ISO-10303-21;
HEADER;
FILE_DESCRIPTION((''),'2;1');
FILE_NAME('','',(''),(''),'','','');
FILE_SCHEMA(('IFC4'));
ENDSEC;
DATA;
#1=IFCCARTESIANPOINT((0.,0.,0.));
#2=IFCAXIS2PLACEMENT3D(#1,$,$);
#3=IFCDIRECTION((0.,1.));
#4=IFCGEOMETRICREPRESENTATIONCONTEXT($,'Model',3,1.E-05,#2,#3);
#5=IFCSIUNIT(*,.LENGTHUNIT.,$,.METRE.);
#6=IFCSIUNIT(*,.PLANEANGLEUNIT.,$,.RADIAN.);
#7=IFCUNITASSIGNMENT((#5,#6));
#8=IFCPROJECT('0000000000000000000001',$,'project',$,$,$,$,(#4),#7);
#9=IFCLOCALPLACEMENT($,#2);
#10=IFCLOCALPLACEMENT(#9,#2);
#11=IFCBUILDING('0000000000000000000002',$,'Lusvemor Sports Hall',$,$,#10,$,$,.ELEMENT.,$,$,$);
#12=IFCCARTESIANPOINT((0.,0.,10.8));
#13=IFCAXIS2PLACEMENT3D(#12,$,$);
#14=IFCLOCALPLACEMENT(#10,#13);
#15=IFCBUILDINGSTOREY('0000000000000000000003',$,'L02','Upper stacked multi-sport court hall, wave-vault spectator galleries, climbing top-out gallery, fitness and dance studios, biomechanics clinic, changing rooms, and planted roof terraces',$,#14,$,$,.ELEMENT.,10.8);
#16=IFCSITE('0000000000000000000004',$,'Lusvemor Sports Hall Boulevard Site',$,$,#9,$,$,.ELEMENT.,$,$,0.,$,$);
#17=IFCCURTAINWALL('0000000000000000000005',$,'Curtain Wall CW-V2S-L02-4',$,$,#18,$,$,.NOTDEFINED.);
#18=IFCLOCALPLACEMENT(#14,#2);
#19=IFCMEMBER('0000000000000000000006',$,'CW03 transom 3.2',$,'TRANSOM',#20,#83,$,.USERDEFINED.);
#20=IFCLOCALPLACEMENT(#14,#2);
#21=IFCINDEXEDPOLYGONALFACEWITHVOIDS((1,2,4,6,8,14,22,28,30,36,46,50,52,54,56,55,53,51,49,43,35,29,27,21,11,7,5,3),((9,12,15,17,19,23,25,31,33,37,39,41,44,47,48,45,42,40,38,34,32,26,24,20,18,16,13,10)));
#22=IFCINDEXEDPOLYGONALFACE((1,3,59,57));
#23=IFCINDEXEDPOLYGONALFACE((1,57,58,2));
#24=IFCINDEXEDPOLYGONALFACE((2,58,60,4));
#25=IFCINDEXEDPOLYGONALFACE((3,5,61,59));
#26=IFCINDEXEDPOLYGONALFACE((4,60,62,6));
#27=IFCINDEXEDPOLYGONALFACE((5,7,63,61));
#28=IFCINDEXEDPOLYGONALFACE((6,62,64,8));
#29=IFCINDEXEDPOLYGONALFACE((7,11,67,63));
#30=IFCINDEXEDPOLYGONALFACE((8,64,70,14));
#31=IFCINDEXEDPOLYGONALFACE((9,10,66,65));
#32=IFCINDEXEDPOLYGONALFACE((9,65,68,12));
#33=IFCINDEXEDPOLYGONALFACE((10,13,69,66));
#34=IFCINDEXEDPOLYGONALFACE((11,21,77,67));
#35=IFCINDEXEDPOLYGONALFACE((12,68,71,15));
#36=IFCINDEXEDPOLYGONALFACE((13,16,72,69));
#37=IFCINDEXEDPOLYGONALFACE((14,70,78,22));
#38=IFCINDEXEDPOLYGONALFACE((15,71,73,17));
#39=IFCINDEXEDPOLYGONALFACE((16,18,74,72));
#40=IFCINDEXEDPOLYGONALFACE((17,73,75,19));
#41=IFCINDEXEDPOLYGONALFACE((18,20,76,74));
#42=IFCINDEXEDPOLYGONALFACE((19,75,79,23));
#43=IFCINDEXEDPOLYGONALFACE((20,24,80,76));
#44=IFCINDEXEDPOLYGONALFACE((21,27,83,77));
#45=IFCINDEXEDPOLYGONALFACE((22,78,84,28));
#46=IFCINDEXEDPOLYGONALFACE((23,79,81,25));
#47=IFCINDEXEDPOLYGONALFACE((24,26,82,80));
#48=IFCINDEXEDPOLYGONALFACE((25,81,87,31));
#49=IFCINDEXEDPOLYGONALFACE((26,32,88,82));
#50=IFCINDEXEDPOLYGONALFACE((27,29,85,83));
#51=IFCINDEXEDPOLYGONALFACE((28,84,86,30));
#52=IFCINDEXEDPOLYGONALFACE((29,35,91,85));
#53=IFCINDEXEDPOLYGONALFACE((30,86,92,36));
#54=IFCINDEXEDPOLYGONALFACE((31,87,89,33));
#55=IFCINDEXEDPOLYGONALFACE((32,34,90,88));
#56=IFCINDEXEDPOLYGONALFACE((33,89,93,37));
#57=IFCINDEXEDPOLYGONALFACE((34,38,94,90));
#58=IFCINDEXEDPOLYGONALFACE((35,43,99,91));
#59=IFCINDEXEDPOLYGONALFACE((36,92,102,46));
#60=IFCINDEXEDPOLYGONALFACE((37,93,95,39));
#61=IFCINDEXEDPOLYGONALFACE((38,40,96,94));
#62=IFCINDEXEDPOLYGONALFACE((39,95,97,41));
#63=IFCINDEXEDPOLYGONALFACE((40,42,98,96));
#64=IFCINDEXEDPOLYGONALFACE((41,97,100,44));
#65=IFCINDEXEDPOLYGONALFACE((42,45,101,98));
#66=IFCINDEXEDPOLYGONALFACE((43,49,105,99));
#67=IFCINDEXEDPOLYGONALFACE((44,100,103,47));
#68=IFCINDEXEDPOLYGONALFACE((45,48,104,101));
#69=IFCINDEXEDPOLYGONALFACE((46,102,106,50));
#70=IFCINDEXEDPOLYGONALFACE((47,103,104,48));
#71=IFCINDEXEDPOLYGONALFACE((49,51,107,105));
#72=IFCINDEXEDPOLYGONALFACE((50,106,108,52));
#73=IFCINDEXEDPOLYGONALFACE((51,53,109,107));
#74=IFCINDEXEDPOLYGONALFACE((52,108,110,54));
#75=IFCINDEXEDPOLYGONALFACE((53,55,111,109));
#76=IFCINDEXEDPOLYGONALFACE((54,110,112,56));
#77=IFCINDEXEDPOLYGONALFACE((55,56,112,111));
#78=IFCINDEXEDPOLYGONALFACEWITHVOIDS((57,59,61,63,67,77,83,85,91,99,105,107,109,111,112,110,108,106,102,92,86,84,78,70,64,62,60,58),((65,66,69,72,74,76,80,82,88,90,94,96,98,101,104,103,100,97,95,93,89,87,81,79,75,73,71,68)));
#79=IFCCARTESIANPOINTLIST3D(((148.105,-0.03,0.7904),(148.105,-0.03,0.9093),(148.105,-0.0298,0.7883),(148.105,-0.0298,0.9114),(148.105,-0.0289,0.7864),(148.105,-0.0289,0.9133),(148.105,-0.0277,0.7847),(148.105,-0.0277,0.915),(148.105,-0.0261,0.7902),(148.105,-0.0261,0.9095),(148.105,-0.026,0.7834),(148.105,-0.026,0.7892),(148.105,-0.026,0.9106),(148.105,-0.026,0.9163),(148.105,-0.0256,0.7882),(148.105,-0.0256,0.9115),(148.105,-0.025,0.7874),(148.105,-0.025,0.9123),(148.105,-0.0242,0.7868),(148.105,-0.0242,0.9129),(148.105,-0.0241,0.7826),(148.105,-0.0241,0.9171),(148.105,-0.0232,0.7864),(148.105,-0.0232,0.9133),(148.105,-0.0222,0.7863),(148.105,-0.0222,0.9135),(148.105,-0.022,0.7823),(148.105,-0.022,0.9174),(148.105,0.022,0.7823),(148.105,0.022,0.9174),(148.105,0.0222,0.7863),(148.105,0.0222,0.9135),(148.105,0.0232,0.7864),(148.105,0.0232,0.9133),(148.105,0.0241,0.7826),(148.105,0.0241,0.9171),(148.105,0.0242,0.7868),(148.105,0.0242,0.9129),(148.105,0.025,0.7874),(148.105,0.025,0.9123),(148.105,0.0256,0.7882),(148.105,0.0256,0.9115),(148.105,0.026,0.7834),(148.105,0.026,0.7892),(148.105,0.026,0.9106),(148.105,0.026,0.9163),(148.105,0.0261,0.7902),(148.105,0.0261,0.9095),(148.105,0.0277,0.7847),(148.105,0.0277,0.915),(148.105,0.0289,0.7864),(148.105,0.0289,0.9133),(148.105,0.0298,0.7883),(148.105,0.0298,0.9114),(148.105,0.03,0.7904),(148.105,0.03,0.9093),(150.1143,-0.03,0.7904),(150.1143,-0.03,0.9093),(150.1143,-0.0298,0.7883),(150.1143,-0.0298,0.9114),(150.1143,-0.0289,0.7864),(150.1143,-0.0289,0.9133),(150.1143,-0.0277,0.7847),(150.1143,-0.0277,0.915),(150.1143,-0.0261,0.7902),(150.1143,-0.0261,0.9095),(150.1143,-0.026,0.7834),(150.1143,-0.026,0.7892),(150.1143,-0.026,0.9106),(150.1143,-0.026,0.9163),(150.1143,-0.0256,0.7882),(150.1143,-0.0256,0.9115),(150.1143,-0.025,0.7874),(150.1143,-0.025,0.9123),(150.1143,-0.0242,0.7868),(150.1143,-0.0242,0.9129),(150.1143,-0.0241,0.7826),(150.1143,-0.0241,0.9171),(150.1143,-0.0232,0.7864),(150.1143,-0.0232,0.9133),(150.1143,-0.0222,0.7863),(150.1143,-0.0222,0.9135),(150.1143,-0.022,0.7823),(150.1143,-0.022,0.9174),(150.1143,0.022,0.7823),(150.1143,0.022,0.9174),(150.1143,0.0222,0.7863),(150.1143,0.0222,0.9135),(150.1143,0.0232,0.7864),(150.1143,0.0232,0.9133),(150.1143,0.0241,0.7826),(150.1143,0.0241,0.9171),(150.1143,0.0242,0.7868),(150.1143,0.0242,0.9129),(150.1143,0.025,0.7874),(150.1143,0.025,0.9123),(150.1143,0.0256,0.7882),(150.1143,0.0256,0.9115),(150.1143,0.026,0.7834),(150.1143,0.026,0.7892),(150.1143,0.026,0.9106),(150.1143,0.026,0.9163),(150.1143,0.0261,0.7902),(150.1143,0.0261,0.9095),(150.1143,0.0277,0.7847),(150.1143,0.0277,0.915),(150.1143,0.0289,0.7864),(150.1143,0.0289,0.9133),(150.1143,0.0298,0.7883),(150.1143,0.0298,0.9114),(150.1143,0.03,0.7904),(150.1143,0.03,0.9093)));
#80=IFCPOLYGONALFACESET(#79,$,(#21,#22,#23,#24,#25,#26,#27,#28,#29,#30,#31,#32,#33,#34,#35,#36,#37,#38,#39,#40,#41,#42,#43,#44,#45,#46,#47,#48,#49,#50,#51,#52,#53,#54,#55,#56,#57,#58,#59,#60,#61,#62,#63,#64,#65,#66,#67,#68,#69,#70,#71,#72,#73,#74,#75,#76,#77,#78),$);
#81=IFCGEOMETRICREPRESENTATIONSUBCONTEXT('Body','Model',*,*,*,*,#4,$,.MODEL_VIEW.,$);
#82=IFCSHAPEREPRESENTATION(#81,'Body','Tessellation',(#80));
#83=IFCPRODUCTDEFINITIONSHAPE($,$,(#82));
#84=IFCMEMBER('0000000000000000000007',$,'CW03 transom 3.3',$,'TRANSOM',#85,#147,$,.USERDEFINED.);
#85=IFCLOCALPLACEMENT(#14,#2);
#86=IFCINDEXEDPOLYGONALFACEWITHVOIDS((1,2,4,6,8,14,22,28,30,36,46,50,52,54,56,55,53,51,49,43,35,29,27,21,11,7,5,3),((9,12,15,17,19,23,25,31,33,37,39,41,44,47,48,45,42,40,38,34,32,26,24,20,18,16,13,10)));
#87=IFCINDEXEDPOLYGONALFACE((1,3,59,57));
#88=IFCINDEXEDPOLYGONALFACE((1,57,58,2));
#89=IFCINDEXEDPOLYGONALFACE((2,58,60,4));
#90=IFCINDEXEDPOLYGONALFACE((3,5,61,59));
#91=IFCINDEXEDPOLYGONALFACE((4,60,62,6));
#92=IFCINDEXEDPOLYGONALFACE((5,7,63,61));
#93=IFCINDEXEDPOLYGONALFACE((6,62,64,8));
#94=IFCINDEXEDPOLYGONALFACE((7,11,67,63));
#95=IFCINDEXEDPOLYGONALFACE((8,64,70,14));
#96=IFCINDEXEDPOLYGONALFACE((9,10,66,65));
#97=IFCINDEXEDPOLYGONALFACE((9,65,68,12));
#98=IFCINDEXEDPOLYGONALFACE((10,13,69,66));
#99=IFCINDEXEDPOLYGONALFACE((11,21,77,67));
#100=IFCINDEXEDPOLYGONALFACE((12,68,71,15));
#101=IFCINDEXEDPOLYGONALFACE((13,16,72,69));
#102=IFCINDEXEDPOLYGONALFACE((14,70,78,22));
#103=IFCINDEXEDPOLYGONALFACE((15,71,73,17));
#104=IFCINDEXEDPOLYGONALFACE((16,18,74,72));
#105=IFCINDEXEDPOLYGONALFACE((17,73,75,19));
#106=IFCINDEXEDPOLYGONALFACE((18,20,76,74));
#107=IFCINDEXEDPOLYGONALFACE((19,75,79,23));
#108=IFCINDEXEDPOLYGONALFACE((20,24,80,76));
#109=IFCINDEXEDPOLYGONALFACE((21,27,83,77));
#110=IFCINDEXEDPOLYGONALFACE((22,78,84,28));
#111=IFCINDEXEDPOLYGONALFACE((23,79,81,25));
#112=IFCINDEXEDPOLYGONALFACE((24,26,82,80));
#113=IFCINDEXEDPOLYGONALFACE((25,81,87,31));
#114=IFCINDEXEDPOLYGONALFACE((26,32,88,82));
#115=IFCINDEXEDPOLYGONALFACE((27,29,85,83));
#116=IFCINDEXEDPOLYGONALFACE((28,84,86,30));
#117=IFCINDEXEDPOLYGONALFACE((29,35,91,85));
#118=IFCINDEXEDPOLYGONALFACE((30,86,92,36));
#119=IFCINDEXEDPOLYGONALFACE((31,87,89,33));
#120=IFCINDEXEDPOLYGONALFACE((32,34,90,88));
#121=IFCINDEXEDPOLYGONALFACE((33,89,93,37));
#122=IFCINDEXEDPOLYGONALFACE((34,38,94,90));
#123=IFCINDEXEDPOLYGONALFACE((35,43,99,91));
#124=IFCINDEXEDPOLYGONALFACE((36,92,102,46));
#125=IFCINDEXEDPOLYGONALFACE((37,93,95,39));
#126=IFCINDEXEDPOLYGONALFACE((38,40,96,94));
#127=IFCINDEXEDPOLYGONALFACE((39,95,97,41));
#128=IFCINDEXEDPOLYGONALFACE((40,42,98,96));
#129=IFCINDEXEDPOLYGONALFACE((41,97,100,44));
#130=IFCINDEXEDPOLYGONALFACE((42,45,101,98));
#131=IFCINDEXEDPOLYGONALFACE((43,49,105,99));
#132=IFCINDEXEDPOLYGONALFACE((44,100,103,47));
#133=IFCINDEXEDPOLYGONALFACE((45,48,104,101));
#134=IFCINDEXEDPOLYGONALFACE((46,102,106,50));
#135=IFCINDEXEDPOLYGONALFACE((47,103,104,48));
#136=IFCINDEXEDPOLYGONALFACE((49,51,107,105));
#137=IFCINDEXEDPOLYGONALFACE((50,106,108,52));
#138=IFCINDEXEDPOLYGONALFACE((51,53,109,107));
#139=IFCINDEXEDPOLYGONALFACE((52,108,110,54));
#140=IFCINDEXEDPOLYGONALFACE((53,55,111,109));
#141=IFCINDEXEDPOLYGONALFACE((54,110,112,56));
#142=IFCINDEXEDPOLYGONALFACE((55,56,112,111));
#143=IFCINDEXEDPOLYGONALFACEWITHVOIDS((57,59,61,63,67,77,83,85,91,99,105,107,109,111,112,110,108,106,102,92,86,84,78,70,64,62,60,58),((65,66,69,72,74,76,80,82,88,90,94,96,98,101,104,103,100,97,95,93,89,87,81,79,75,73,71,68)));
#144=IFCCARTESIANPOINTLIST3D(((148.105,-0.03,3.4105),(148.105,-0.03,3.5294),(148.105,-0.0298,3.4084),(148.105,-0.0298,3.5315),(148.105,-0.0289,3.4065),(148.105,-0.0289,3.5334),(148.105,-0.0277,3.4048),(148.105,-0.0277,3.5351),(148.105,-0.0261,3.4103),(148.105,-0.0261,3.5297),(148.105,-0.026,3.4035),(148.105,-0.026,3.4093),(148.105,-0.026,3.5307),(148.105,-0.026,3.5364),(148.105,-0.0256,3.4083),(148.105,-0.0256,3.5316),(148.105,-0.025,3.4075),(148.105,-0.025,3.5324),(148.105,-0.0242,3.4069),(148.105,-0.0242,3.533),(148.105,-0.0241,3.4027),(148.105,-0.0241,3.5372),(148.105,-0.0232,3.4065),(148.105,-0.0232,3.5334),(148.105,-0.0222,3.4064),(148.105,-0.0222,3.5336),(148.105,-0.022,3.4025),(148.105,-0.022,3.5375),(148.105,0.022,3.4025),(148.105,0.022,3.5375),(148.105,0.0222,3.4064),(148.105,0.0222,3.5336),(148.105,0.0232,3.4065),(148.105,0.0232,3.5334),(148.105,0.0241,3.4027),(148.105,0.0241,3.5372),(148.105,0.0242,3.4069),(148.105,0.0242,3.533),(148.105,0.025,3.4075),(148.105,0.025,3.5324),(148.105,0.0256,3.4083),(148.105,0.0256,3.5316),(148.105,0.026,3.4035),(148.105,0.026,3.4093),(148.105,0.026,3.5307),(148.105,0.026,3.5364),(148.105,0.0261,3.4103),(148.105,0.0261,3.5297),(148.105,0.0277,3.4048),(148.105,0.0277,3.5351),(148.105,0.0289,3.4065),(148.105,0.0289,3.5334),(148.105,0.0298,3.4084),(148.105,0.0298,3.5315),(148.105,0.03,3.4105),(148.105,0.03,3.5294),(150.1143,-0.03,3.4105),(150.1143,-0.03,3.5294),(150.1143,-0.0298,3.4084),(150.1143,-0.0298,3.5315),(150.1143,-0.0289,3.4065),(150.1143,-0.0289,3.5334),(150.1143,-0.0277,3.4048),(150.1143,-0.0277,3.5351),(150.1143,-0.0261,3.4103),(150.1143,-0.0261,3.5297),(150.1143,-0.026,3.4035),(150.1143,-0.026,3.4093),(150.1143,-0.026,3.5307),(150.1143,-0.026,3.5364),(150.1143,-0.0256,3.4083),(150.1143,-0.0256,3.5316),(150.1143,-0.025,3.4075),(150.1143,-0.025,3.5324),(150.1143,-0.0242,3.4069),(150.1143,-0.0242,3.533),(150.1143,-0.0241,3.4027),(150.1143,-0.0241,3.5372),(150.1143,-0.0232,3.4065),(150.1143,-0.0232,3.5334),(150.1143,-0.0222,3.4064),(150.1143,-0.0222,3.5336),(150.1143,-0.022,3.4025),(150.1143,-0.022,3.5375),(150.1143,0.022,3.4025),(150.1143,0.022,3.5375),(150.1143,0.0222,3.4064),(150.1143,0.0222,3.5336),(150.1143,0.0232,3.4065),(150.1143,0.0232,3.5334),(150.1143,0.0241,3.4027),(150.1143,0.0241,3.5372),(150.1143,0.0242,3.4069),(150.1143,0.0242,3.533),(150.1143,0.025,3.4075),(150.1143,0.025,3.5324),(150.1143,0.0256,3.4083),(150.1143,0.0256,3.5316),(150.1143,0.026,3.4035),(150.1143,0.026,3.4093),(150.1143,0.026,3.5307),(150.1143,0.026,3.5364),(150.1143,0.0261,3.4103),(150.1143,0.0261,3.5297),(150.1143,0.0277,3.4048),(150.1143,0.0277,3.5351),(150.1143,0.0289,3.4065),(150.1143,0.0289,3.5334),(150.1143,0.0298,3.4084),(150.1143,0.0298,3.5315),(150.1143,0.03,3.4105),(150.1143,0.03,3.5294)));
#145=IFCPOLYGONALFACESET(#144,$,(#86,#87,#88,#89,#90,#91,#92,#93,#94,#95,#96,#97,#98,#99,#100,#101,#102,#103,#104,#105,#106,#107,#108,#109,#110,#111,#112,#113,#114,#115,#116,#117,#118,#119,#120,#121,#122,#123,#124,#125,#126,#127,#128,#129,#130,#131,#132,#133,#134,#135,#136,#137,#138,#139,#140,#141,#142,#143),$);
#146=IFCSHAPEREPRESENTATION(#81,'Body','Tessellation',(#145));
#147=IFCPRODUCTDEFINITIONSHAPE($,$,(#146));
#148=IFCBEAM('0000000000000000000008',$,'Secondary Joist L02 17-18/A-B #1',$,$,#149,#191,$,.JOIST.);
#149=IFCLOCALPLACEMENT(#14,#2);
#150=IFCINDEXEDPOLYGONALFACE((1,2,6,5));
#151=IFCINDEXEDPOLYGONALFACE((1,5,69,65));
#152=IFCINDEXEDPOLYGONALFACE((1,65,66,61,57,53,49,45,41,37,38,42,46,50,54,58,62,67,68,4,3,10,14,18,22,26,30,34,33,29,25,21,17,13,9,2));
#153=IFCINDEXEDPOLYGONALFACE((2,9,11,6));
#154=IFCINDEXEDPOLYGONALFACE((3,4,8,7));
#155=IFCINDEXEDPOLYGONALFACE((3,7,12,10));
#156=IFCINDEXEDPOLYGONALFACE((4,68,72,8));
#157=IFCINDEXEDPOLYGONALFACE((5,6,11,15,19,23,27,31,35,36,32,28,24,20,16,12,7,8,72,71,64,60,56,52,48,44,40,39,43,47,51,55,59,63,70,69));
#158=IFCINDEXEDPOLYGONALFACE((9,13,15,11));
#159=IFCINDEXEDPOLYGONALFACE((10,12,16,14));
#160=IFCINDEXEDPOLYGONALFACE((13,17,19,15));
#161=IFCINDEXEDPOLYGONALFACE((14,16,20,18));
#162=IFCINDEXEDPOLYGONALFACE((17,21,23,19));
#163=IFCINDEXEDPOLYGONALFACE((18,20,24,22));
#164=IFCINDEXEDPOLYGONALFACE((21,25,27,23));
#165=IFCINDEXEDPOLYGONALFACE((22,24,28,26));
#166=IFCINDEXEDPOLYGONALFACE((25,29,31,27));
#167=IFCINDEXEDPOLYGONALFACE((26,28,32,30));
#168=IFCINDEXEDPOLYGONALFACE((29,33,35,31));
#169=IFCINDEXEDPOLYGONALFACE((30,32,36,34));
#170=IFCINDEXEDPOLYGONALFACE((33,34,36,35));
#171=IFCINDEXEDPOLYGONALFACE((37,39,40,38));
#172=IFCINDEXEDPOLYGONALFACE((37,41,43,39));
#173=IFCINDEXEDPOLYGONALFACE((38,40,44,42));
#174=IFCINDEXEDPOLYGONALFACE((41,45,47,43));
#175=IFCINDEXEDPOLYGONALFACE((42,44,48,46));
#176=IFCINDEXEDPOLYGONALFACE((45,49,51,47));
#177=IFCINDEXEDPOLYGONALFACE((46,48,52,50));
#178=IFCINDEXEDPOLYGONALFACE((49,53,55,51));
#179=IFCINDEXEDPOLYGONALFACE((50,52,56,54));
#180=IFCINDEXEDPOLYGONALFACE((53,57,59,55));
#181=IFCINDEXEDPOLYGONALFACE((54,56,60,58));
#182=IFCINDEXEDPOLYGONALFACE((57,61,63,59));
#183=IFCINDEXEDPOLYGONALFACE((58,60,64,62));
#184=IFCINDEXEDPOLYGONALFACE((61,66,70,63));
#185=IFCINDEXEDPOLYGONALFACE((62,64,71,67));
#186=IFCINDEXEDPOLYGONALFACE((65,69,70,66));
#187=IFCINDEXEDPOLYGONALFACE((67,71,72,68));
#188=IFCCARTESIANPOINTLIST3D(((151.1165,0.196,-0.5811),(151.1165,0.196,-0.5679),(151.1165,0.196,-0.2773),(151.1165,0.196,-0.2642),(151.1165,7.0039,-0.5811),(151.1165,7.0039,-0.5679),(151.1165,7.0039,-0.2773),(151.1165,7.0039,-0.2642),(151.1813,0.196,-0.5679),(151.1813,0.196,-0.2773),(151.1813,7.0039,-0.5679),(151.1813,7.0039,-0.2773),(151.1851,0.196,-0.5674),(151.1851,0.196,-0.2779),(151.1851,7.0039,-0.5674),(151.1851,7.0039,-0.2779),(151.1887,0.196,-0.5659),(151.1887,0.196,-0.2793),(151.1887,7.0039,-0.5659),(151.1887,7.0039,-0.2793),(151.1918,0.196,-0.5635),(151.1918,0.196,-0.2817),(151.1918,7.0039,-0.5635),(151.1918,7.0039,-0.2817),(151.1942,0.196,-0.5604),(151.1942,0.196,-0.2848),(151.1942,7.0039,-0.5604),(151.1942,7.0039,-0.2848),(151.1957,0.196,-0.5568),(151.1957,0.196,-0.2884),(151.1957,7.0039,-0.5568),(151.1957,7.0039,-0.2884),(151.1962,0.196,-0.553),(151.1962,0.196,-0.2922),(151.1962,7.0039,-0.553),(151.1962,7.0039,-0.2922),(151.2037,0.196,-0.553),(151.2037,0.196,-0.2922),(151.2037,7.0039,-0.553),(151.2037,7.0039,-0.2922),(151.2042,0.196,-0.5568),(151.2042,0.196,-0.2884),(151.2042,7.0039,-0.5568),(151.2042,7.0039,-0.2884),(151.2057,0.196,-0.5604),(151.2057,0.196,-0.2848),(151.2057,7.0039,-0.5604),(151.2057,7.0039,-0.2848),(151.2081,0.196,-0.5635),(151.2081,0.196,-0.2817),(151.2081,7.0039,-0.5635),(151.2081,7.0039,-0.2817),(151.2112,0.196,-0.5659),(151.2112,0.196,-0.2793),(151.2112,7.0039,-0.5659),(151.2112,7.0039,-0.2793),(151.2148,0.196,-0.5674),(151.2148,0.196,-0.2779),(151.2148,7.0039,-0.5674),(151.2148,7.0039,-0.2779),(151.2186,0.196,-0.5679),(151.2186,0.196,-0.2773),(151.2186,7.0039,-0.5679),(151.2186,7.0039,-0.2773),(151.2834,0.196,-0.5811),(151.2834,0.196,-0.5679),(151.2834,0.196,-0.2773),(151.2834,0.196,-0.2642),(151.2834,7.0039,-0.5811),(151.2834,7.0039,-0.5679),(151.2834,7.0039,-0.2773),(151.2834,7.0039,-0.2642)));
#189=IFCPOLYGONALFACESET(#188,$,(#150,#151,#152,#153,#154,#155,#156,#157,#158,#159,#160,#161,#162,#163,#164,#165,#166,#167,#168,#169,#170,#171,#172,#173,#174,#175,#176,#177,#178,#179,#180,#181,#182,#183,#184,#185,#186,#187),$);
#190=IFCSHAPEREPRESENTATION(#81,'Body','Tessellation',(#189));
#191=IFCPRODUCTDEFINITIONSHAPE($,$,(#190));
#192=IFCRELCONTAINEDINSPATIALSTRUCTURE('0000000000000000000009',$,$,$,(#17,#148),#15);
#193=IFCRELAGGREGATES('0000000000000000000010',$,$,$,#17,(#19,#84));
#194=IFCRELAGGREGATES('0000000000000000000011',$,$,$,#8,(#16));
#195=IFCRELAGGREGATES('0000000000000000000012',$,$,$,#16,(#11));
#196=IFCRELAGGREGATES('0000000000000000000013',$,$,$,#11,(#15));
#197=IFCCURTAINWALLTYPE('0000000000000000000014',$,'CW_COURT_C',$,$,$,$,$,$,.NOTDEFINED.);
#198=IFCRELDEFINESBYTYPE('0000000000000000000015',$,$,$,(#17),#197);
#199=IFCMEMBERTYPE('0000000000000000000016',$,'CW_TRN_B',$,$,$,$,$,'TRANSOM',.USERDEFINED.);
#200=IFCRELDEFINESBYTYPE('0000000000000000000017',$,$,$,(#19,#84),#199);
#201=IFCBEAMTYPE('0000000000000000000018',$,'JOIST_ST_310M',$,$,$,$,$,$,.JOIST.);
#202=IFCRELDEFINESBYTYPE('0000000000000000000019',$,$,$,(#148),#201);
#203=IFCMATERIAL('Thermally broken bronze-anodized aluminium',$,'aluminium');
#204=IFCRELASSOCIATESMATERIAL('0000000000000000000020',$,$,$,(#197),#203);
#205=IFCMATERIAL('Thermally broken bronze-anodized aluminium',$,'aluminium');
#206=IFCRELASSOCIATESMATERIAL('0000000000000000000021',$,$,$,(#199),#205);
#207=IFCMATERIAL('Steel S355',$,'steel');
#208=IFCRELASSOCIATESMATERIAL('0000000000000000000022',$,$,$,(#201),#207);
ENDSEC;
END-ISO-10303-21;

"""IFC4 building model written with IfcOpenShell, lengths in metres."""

from ifc_helpers import new_model, si_unit, direction, frame, origin, origin_2d, place, context, subcontext, project, spatial, hollow_rectangle, i_section, extrude, material, material_profile, profile_set, type_object, element, aggregate, save


model = new_model("IFC4")

# Units and contexts
model_context = context("Model", 3, precision=1e-05, world=origin(), true_north=direction((0.0, 1.0)))
body_context = subcontext(model_context, "Body", "Model", "MODEL_VIEW")
ifc_project = project(units=[si_unit("LENGTHUNIT", "METRE"), si_unit("PLANEANGLEUNIT", "RADIAN")], contexts=[model_context])

# Site, building, storey
site_placement = place(None, origin())
site = spatial("IfcSite", under=ifc_project, at=site_placement, Name="Lusvemor Sports Hall Boulevard Site", CompositionType="ELEMENT", RefElevation=0.0)
building_placement = place(site_placement, origin())
building = spatial("IfcBuilding", under=site, at=building_placement, Name="Lusvemor Sports Hall", CompositionType="ELEMENT")
storey_placement = place(building_placement, frame((0.0, 0.0, 10.8)))
storey = spatial("IfcBuildingStorey", under=building, at=storey_placement, Name="L02", Description="Upper stacked multi-sport court hall, wave-vault spectator galleries, climbing top-out gallery, fitness and dance studios, biomechanics clinic, changing rooms, and planted roof terraces", CompositionType="ELEMENT", Elevation=10.8)

# Shared definitions
ifc_material_1 = material(Name="Thermally broken bronze-anodized aluminium", Category="aluminium")
curtain_wall_type = type_object("IfcCurtainWallType", Name="CW_COURT_C", PredefinedType="NOTDEFINED", material=ifc_material_1)

# Curtain wall, members
curtain_wall_1_placement = place(storey_placement, origin())
curtain_wall_1 = element("IfcCurtainWall", 1, at=curtain_wall_1_placement, inside=storey, type_object=curtain_wall_type, Name="Curtain Wall CW-V2S-L02-4", PredefinedType="NOTDEFINED")
ifc_material_2 = material(Name="Thermally broken bronze-anodized aluminium", Category="aluminium")
ifc_material_profile_1 = material_profile(ifc_material_2, hollow_rectangle(XDim=0.0601, YDim=0.135, WallThickness=0.0039, InnerFilletRadius=0.0039, OuterFilletRadius=0.0081, at=origin_2d()), Name="CWTRN135x60x4")
ifc_profile_set_1 = profile_set([ifc_material_profile_1], Name="Thermally broken bronze-anodized aluminium")
member_type_1 = type_object("IfcMemberType", Name="CW_TRN_B", ElementType="TRANSOM", PredefinedType="USERDEFINED", material=ifc_profile_set_1)
member_1_placement = place(storey_placement, frame((150.1143, 0.0, 0.8499), z_axis=(-1.0, 0.0, 0.0), x_axis=(0.0, -1.0, 0.0)))
member_1 = element("IfcMember", 2, at=member_1_placement, type_object=member_type_1, Name="CW03 transom 3.2", ObjectType="TRANSOM", PredefinedType="USERDEFINED", context=body_context, shape_type="SweptSolid", body=[
    extrude(hollow_rectangle(XDim=0.0601, YDim=0.135, WallThickness=0.0039, InnerFilletRadius=0.0039, OuterFilletRadius=0.0081, at=origin_2d()), origin(), (0.0, 0.0, 1.0), 2.0093),
])
member_2_placement = place(storey_placement, frame((150.1143, 0.0, 3.47), z_axis=(-1.0, 0.0, 0.0), x_axis=(0.0, -1.0, 0.0)))
member_2 = element("IfcMember", 3, at=member_2_placement, type_object=member_type_1, Name="CW03 transom 3.3", ObjectType="TRANSOM", PredefinedType="USERDEFINED", context=body_context, shape_type="SweptSolid", body=[
    extrude(hollow_rectangle(XDim=0.0601, YDim=0.135, WallThickness=0.0039, InnerFilletRadius=0.0039, OuterFilletRadius=0.0081, at=origin_2d()), origin(), (0.0, 0.0, 1.0), 2.0093),
])

# Beam
ifc_material_3 = material(Name="Steel S355", Category="steel")
ifc_material_profile_2 = material_profile(ifc_material_3, i_section(OverallWidth=0.167, OverallDepth=0.3169, WebThickness=0.0076, FlangeThickness=0.0132, FilletRadius=0.0149, at=origin_2d()), Name="W310x52.0")
ifc_profile_set_2 = profile_set([ifc_material_profile_2], Name="Steel S355")
beam_type_1 = type_object("IfcBeamType", Name="JOIST_ST_310M", PredefinedType="JOIST", material=ifc_profile_set_2)
beam_1_placement = place(storey_placement, frame((151.2, 0.196, -0.4226), z_axis=(0.0, 1.0, 0.0), x_axis=(-1.0, 0.0, 0.0)))
element("IfcBeam", 4, at=beam_1_placement, inside=storey, type_object=beam_type_1, Name="Secondary Joist L02 17-18/A-B #1", PredefinedType="JOIST", context=body_context, shape_type="SweptSolid", body=[
    extrude(i_section(OverallWidth=0.167, OverallDepth=0.3169, WebThickness=0.0076, FlangeThickness=0.0132, FilletRadius=0.0149, at=origin_2d()), origin(), (0.0, 0.0, 1.0), 6.8079),
])

aggregate(curtain_wall_1, [member_1, member_2])

save(model, "model.ifc")
